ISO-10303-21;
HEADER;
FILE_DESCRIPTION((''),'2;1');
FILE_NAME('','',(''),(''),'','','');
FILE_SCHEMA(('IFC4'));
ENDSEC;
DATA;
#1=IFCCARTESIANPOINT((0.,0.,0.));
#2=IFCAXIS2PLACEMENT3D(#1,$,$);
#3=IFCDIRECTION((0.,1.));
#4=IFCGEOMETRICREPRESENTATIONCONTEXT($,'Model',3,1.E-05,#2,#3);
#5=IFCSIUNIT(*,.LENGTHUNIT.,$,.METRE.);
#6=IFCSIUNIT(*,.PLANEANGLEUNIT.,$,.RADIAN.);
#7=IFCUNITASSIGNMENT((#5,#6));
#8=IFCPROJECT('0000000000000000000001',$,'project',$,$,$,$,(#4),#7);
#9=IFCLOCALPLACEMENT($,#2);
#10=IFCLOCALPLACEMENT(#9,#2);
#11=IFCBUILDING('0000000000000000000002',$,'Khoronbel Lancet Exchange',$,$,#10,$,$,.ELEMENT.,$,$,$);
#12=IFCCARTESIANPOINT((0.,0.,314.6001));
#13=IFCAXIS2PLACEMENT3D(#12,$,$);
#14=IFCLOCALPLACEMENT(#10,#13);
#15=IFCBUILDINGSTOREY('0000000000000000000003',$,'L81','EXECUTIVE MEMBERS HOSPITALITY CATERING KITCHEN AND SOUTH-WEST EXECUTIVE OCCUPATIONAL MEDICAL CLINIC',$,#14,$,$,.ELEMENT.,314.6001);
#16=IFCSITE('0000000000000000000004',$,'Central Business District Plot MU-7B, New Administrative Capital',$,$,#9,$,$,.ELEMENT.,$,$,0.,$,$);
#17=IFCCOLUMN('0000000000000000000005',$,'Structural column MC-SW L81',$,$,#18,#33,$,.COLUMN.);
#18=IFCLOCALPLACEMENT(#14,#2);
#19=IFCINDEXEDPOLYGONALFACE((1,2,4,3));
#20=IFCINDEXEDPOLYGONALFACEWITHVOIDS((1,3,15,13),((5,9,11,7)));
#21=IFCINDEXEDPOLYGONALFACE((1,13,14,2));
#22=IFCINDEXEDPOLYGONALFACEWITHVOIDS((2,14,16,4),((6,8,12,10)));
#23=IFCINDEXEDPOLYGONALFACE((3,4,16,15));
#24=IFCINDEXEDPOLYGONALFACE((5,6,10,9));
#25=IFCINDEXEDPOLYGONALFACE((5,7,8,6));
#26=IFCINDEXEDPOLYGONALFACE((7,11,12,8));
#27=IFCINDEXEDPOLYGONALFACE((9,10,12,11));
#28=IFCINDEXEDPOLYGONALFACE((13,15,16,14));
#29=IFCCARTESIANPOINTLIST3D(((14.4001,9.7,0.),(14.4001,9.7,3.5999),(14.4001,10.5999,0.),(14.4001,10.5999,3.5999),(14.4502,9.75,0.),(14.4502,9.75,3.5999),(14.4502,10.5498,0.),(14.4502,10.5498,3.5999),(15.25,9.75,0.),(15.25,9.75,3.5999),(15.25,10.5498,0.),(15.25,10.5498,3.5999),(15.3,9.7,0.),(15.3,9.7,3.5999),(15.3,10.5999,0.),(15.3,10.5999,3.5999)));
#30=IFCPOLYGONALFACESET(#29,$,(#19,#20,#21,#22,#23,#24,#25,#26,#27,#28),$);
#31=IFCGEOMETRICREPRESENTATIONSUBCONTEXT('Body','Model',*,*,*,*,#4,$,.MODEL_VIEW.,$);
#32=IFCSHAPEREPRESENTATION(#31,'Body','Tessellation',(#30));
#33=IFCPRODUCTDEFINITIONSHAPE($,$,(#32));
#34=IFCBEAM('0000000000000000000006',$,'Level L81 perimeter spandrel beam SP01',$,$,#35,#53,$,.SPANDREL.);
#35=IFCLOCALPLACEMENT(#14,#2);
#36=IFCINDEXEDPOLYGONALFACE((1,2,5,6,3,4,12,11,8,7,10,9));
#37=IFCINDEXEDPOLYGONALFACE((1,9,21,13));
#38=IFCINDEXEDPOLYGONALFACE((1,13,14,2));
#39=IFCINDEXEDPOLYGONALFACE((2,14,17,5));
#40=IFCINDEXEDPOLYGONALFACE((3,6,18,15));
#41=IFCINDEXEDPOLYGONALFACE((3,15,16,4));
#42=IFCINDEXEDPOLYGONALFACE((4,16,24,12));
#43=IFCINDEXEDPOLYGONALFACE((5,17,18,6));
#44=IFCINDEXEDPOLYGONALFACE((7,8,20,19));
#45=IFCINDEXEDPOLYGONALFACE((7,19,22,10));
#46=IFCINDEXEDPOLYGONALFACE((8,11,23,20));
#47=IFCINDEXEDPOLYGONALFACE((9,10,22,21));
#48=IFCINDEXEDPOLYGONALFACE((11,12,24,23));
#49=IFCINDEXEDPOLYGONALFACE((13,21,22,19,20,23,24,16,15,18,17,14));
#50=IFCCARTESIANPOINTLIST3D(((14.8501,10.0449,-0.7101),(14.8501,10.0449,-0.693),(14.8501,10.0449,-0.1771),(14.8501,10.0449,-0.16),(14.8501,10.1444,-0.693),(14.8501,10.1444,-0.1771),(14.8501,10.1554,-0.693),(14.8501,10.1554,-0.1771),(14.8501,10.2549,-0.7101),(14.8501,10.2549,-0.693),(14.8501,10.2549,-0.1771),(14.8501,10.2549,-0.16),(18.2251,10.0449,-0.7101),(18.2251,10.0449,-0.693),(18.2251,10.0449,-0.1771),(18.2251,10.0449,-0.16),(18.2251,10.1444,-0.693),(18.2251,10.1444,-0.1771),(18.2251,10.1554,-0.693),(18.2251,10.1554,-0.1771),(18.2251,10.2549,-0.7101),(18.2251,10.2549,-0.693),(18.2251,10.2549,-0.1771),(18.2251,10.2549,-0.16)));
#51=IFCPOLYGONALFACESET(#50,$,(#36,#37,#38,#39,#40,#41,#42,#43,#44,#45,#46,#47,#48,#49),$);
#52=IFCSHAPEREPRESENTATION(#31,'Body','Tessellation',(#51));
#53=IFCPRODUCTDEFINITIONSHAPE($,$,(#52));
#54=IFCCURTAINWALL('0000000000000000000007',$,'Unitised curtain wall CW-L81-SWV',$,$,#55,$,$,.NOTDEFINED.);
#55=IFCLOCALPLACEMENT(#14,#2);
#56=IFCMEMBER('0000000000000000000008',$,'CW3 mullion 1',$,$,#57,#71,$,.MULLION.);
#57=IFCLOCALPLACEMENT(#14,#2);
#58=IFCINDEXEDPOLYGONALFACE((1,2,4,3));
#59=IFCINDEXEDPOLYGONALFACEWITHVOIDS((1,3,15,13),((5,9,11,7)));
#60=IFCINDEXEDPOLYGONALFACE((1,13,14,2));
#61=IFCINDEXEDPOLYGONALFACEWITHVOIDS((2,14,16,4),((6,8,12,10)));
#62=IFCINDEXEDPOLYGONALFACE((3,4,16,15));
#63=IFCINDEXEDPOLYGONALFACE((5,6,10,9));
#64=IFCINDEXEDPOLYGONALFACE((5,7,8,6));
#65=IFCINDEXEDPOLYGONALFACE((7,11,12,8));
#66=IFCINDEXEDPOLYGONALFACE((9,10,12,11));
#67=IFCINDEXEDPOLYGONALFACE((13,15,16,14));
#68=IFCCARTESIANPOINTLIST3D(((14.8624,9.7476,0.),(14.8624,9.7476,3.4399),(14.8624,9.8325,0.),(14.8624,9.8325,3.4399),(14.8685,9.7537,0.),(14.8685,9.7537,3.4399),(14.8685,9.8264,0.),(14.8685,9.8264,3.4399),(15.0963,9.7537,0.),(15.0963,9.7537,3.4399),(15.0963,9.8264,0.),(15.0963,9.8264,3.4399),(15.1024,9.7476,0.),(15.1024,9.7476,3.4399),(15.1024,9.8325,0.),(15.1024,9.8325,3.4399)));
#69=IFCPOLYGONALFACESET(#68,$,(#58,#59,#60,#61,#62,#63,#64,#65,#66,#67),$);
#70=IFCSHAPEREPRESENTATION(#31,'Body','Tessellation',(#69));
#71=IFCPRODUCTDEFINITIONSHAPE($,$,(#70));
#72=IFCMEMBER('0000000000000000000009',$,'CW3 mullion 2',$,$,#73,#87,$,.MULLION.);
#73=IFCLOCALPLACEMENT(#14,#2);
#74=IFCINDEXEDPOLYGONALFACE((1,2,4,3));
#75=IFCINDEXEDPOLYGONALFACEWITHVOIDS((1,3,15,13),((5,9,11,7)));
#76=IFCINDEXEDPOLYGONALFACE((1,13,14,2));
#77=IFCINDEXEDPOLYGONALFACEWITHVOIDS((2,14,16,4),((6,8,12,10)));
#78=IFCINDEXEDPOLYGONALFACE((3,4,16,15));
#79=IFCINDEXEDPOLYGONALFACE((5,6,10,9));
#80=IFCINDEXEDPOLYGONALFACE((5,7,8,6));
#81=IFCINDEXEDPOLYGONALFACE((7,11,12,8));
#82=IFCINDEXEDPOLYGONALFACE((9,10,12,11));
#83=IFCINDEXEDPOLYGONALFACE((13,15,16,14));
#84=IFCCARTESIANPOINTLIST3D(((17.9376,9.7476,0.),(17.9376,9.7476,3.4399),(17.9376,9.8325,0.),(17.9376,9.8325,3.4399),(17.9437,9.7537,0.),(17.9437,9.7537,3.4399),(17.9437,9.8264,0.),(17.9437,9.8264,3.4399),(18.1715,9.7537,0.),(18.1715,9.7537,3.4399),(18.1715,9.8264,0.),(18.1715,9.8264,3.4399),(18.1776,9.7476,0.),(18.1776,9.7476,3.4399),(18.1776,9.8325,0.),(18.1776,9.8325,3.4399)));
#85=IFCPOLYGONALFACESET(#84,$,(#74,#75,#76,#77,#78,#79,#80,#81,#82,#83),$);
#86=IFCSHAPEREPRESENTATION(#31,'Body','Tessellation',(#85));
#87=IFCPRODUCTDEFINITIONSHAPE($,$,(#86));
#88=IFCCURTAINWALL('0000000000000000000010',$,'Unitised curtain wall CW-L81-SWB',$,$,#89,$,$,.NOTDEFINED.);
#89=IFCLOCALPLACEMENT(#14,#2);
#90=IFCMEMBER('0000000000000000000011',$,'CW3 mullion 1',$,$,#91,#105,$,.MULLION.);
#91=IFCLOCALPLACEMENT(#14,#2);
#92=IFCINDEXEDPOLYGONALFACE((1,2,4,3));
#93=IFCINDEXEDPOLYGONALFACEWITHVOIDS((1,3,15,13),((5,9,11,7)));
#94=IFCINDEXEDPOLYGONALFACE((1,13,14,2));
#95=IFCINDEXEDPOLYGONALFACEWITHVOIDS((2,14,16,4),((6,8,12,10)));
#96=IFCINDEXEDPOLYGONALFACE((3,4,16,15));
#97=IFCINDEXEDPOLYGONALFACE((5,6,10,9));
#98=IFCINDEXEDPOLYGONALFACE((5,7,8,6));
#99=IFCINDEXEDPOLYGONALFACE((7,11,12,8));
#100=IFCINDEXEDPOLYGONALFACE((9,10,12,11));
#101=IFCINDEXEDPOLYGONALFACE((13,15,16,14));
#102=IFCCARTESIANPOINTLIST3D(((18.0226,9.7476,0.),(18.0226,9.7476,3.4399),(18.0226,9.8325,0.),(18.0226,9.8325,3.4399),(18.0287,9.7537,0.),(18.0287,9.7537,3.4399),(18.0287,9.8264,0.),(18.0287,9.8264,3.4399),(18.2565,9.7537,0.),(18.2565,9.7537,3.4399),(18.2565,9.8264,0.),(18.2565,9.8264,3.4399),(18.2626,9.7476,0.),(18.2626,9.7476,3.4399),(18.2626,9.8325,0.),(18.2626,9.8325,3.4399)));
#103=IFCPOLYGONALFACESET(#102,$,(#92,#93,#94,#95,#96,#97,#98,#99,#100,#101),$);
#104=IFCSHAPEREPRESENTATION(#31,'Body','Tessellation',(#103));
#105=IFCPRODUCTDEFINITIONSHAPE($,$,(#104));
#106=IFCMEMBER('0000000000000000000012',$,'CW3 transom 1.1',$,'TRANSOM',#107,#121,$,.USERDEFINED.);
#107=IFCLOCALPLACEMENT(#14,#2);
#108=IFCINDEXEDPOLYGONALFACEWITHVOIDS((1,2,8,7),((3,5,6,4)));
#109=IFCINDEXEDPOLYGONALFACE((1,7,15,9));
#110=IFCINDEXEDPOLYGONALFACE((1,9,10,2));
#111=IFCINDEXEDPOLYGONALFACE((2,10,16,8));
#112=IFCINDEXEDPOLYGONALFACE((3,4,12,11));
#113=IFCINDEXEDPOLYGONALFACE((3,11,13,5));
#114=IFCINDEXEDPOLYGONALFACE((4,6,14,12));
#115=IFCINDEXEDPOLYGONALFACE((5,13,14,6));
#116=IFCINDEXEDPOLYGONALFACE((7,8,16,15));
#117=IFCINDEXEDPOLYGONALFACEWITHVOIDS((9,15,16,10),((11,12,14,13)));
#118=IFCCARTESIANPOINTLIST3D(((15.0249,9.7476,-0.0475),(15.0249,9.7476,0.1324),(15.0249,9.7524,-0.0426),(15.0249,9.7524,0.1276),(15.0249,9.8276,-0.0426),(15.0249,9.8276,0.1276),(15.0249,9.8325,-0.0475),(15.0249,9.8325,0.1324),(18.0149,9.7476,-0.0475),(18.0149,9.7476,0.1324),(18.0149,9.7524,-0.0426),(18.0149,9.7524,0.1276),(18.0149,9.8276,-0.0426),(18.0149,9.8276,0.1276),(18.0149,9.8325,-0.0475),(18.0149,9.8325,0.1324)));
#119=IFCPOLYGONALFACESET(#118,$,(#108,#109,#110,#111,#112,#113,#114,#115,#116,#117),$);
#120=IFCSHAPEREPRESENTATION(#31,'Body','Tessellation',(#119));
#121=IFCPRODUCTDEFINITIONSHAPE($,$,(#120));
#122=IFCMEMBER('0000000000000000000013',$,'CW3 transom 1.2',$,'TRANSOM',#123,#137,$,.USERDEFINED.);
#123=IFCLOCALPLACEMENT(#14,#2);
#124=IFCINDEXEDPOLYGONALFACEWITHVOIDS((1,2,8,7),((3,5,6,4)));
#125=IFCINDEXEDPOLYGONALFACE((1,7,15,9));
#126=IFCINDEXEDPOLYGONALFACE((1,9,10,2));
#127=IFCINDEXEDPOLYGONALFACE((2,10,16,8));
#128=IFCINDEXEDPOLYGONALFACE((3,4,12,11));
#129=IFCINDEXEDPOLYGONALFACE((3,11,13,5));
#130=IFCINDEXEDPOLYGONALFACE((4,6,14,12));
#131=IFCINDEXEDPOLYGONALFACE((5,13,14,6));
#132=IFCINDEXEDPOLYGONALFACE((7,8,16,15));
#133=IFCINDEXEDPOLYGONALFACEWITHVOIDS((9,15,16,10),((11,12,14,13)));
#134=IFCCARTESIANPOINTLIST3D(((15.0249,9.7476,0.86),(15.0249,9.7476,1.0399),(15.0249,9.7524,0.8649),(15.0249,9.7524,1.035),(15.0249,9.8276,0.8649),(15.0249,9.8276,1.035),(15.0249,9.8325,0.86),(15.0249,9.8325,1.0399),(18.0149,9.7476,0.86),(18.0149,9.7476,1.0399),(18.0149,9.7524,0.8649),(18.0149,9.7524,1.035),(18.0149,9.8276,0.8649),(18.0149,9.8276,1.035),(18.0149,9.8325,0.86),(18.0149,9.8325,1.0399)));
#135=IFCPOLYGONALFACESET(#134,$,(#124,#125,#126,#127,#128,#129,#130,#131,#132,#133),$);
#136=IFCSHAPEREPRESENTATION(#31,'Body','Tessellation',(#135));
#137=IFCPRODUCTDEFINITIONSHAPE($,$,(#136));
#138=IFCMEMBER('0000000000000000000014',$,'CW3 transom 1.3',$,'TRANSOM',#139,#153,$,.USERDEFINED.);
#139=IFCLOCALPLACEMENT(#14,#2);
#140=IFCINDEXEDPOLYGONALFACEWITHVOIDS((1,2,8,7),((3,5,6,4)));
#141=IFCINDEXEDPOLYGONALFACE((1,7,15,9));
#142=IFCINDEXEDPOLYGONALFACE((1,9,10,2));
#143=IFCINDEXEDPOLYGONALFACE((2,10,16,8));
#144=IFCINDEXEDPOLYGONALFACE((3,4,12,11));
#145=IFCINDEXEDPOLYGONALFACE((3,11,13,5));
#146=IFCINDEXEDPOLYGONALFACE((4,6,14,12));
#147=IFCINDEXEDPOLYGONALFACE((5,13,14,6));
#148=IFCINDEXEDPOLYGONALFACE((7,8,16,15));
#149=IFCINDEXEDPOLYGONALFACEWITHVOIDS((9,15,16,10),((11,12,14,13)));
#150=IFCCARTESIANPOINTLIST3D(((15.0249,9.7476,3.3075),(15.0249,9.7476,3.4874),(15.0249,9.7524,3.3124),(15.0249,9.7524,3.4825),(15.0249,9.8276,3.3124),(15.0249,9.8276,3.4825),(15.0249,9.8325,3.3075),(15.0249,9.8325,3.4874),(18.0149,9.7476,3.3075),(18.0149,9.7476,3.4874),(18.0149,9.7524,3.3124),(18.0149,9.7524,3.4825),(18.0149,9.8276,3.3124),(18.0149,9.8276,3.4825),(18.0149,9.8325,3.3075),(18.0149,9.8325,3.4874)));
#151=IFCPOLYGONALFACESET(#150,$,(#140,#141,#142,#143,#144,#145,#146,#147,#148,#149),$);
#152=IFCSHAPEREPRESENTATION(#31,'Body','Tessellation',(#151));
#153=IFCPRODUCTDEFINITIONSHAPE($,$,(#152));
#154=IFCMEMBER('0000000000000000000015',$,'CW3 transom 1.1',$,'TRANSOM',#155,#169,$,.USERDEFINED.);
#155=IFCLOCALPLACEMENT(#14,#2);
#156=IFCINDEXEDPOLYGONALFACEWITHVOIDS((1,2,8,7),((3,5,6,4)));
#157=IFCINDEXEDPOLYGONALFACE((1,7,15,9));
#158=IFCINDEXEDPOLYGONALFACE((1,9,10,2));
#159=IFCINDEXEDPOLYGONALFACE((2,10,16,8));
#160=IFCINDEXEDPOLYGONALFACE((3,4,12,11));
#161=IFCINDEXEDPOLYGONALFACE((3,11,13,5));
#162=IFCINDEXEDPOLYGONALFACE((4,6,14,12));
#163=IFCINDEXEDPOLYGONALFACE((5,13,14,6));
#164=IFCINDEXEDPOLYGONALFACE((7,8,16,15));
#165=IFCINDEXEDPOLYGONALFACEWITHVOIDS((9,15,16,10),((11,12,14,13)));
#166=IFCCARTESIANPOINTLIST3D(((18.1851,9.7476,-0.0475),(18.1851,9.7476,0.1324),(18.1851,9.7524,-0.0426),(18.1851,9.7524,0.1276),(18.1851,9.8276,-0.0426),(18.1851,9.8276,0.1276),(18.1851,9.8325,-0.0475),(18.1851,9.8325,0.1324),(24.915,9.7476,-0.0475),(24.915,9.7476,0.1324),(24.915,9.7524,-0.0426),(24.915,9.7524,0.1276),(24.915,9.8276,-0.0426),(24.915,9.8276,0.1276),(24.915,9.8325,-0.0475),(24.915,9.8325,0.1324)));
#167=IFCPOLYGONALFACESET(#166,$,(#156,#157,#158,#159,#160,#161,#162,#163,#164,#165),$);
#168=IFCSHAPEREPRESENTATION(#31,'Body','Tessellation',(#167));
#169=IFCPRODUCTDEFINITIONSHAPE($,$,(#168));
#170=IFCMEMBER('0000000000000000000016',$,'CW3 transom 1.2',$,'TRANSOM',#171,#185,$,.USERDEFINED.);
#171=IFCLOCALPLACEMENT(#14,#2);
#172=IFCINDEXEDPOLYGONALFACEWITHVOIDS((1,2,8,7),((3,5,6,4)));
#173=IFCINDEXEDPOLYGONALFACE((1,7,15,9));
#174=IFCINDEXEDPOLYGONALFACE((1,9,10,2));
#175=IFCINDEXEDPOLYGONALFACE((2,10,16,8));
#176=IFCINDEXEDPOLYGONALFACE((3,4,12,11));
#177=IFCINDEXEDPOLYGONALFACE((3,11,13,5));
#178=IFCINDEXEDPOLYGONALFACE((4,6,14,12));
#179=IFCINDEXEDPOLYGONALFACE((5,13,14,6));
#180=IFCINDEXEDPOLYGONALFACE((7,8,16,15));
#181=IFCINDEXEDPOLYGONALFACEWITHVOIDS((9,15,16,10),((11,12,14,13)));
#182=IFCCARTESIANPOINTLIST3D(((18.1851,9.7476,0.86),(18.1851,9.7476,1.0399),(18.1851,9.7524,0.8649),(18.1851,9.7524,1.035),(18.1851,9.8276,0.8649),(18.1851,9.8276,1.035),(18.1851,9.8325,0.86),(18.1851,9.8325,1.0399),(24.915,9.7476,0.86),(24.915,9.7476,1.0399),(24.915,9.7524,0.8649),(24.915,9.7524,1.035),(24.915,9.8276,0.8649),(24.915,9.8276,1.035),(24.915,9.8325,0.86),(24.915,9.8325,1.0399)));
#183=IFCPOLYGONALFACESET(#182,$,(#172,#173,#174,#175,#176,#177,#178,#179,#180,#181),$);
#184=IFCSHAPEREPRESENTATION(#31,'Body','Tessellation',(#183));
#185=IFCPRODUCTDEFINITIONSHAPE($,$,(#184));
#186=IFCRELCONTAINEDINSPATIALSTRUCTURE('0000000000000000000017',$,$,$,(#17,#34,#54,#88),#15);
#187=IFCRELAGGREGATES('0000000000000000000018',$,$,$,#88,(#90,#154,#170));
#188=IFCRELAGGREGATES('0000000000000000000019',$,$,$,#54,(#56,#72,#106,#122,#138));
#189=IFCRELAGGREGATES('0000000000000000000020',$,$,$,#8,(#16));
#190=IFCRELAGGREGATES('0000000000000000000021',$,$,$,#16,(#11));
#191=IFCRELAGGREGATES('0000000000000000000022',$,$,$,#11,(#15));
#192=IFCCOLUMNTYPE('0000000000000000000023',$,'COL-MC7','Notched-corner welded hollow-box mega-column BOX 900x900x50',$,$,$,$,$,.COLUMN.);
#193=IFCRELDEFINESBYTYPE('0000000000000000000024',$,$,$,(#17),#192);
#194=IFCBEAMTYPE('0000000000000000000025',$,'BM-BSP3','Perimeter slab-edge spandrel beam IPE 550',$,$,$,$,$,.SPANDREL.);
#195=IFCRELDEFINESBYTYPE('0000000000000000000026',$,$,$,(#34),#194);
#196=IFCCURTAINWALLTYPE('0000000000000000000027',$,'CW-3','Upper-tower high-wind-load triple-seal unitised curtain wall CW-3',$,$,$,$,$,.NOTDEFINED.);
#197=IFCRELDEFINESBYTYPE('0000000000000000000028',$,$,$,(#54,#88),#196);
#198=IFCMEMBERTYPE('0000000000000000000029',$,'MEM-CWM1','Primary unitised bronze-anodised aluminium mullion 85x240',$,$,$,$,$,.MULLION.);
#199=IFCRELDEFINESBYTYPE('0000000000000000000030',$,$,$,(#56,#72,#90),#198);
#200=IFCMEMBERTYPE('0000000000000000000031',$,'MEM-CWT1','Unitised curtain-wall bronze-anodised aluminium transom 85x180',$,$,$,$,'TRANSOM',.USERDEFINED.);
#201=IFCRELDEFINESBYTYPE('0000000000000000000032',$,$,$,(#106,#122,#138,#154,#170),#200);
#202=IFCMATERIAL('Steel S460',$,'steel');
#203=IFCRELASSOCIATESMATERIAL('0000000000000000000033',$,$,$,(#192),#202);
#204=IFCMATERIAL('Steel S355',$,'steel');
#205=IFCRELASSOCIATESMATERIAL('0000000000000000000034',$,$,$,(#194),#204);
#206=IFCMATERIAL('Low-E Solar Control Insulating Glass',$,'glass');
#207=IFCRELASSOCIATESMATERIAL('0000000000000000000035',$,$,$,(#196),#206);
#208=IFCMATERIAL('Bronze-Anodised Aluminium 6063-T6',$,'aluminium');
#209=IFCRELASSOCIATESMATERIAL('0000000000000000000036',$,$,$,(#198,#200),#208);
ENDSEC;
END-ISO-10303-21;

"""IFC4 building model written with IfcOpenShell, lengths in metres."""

from ifc_helpers import new_model, si_unit, direction, frame, origin, origin_2d, place, context, subcontext, project, spatial, hollow_rectangle, i_section, extrude, material, material_profile, profile_set, type_object, element, aggregate, save


model = new_model("IFC4")

# Units and contexts
model_context = context("Model", 3, precision=1e-05, world=origin(), true_north=direction((0.0, 1.0)))
body_context = subcontext(model_context, "Body", "Model", "MODEL_VIEW")
ifc_project = project(units=[si_unit("LENGTHUNIT", "METRE"), si_unit("PLANEANGLEUNIT", "RADIAN")], contexts=[model_context])

# Site, building, storey
site_placement = place(None, origin())
site = spatial("IfcSite", under=ifc_project, at=site_placement, Name="Central Business District Plot MU-7B, New Administrative Capital", CompositionType="ELEMENT", RefElevation=0.0)
building_placement = place(site_placement, origin())
building = spatial("IfcBuilding", under=site, at=building_placement, Name="Khoronbel Lancet Exchange", CompositionType="ELEMENT")
storey_placement = place(building_placement, frame((0.0, 0.0, 314.6001)))
storey = spatial("IfcBuildingStorey", under=building, at=storey_placement, Name="L81", Description="EXECUTIVE MEMBERS HOSPITALITY CATERING KITCHEN AND SOUTH-WEST EXECUTIVE OCCUPATIONAL MEDICAL CLINIC", CompositionType="ELEMENT", Elevation=314.6001)

# Column
ifc_material_1 = material(Name="Steel S460", Category="steel")
ifc_material_profile_1 = material_profile(ifc_material_1, hollow_rectangle(XDim=0.8999, YDim=0.8999, WallThickness=0.05, at=origin_2d()), Name="BOX 900x900x50")
ifc_profile_set_1 = profile_set([ifc_material_profile_1], Name="Steel S460")
column_type = type_object("IfcColumnType", Name="COL-MC7", Description="Notched-corner welded hollow-box mega-column BOX 900x900x50", PredefinedType="COLUMN", material=ifc_profile_set_1)
column_placement = place(storey_placement, frame((14.8501, 10.1499, 0.0), z_axis=(0.0, 0.0, 1.0), x_axis=(1.0, 0.0, 0.0)))
element("IfcColumn", 1, at=column_placement, inside=storey, type_object=column_type, Name="Structural column MC-SW L81", PredefinedType="COLUMN", context=body_context, shape_type="SweptSolid", body=[
    extrude(hollow_rectangle(XDim=0.8999, YDim=0.8999, WallThickness=0.05, at=origin_2d()), origin(), (0.0, 0.0, 1.0), 3.5999),
])

# Beam
ifc_material_2 = material(Name="Steel S355", Category="steel")
ifc_material_profile_2 = material_profile(ifc_material_2, i_section(OverallWidth=0.21, OverallDepth=0.55, WebThickness=0.011, FlangeThickness=0.0171, at=origin_2d()), Name="IPE 550")
ifc_profile_set_2 = profile_set([ifc_material_profile_2], Name="Steel S355")
beam_type = type_object("IfcBeamType", Name="BM-BSP3", Description="Perimeter slab-edge spandrel beam IPE 550", PredefinedType="SPANDREL", material=ifc_profile_set_2)
beam_placement = place(storey_placement, frame((14.8501, 10.1499, -0.4351), z_axis=(1.0, 0.0, 0.0), x_axis=(0.0, 1.0, 0.0)))
element("IfcBeam", 2, at=beam_placement, inside=storey, type_object=beam_type, Name="Level L81 perimeter spandrel beam SP01", PredefinedType="SPANDREL", context=body_context, shape_type="SweptSolid", body=[
    extrude(i_section(OverallWidth=0.21, OverallDepth=0.55, WebThickness=0.011, FlangeThickness=0.0171, at=origin_2d()), origin(), (0.0, 0.0, 1.0), 3.375),
])

# Curtain wall, members
ifc_material_3 = material(Name="Low-E Solar Control Insulating Glass", Category="glass")
curtain_wall_type = type_object("IfcCurtainWallType", Name="CW-3", Description="Upper-tower high-wind-load triple-seal unitised curtain wall CW-3", PredefinedType="NOTDEFINED", material=ifc_material_3)
curtain_wall_1_placement = place(storey_placement, origin())
curtain_wall_1 = element("IfcCurtainWall", 3, at=curtain_wall_1_placement, inside=storey, type_object=curtain_wall_type, Name="Unitised curtain wall CW-L81-SWV", PredefinedType="NOTDEFINED")
ifc_material_4 = material(Name="Bronze-Anodised Aluminium 6063-T6", Category="aluminium")
ifc_material_profile_3 = material_profile(ifc_material_4, hollow_rectangle(XDim=0.085, YDim=0.24, WallThickness=0.0061, at=origin_2d()), Name="ALU MULLION 85x240")
ifc_profile_set_3 = profile_set([ifc_material_profile_3], Name="Bronze-Anodised Aluminium 6063-T6")
member_type_1 = type_object("IfcMemberType", Name="MEM-CWM1", Description="Primary unitised bronze-anodised aluminium mullion 85x240", PredefinedType="MULLION", material=ifc_profile_set_3)
member_1_placement = place(storey_placement, frame((14.9824, 9.79, 0.0), z_axis=(0.0, 0.0, 1.0), x_axis=(0.0, 1.0, 0.0)))
member_1 = element("IfcMember", 4, at=member_1_placement, type_object=member_type_1, Name="CW3 mullion 1", PredefinedType="MULLION", context=body_context, shape_type="SweptSolid", body=[
    extrude(hollow_rectangle(XDim=0.085, YDim=0.24, WallThickness=0.0061, at=origin_2d()), origin(), (0.0, 0.0, 1.0), 3.4399),
])
member_2_placement = place(storey_placement, frame((18.0576, 9.79, 0.0), z_axis=(0.0, 0.0, 1.0), x_axis=(0.0, 1.0, 0.0)))
member_2 = element("IfcMember", 5, at=member_2_placement, type_object=member_type_1, Name="CW3 mullion 2", PredefinedType="MULLION", context=body_context, shape_type="SweptSolid", body=[
    extrude(hollow_rectangle(XDim=0.085, YDim=0.24, WallThickness=0.0061, at=origin_2d()), origin(), (0.0, 0.0, 1.0), 3.4399),
])

# Curtain wall, member
curtain_wall_2_placement = place(storey_placement, origin())
curtain_wall_2 = element("IfcCurtainWall", 6, at=curtain_wall_2_placement, inside=storey, type_object=curtain_wall_type, Name="Unitised curtain wall CW-L81-SWB", PredefinedType="NOTDEFINED")
member_3_placement = place(storey_placement, frame((18.1426, 9.79, 0.0), z_axis=(0.0, 0.0, 1.0), x_axis=(0.0, 1.0, 0.0)))
member_3 = element("IfcMember", 7, at=member_3_placement, type_object=member_type_1, Name="CW3 mullion 1", PredefinedType="MULLION", context=body_context, shape_type="SweptSolid", body=[
    extrude(hollow_rectangle(XDim=0.085, YDim=0.24, WallThickness=0.0061, at=origin_2d()), origin(), (0.0, 0.0, 1.0), 3.4399),
])

# Members
ifc_material_profile_4 = material_profile(ifc_material_4, hollow_rectangle(XDim=0.085, YDim=0.1799, WallThickness=0.0049, at=origin_2d()), Name="ALU TRANSOM 85x180")
ifc_profile_set_4 = profile_set([ifc_material_profile_4], Name="Bronze-Anodised Aluminium 6063-T6")
member_type_2 = type_object("IfcMemberType", Name="MEM-CWT1", Description="Unitised curtain-wall bronze-anodised aluminium transom 85x180", ElementType="TRANSOM", PredefinedType="USERDEFINED", material=ifc_profile_set_4)
member_4_placement = place(storey_placement, frame((15.0249, 9.79, 0.0425), z_axis=(1.0, 0.0, 0.0), x_axis=(0.0, 1.0, 0.0)))
member_4 = element("IfcMember", 8, at=member_4_placement, type_object=member_type_2, Name="CW3 transom 1.1", ObjectType="TRANSOM", PredefinedType="USERDEFINED", context=body_context, shape_type="SweptSolid", body=[
    extrude(hollow_rectangle(XDim=0.085, YDim=0.1799, WallThickness=0.0049, at=origin_2d()), origin(), (0.0, 0.0, 1.0), 2.99),
])
member_5_placement = place(storey_placement, frame((15.0249, 9.79, 0.95), z_axis=(1.0, 0.0, 0.0), x_axis=(0.0, 1.0, 0.0)))
member_5 = element("IfcMember", 9, at=member_5_placement, type_object=member_type_2, Name="CW3 transom 1.2", ObjectType="TRANSOM", PredefinedType="USERDEFINED", context=body_context, shape_type="SweptSolid", body=[
    extrude(hollow_rectangle(XDim=0.085, YDim=0.1799, WallThickness=0.0049, at=origin_2d()), origin(), (0.0, 0.0, 1.0), 2.99),
])
member_6_placement = place(storey_placement, frame((15.0249, 9.79, 3.3975), z_axis=(1.0, 0.0, 0.0), x_axis=(0.0, 1.0, 0.0)))
member_6 = element("IfcMember", 10, at=member_6_placement, type_object=member_type_2, Name="CW3 transom 1.3", ObjectType="TRANSOM", PredefinedType="USERDEFINED", context=body_context, shape_type="SweptSolid", body=[
    extrude(hollow_rectangle(XDim=0.085, YDim=0.1799, WallThickness=0.0049, at=origin_2d()), origin(), (0.0, 0.0, 1.0), 2.99),
])
member_7_placement = place(storey_placement, frame((18.1851, 9.79, 0.0425), z_axis=(1.0, 0.0, 0.0), x_axis=(0.0, 1.0, 0.0)))
member_7 = element("IfcMember", 11, at=member_7_placement, type_object=member_type_2, Name="CW3 transom 1.1", ObjectType="TRANSOM", PredefinedType="USERDEFINED", context=body_context, shape_type="SweptSolid", body=[
    extrude(hollow_rectangle(XDim=0.085, YDim=0.1799, WallThickness=0.0049, at=origin_2d()), origin(), (0.0, 0.0, 1.0), 6.73),
])
member_8_placement = place(storey_placement, frame((18.1851, 9.79, 0.95), z_axis=(1.0, 0.0, 0.0), x_axis=(0.0, 1.0, 0.0)))
member_8 = element("IfcMember", 12, at=member_8_placement, type_object=member_type_2, Name="CW3 transom 1.2", ObjectType="TRANSOM", PredefinedType="USERDEFINED", context=body_context, shape_type="SweptSolid", body=[
    extrude(hollow_rectangle(XDim=0.085, YDim=0.1799, WallThickness=0.0049, at=origin_2d()), origin(), (0.0, 0.0, 1.0), 6.73),
])
aggregate(curtain_wall_2, [member_3, member_7, member_8])

aggregate(curtain_wall_1, [member_1, member_2, member_4, member_5, member_6])

save(model, "model.ifc")
